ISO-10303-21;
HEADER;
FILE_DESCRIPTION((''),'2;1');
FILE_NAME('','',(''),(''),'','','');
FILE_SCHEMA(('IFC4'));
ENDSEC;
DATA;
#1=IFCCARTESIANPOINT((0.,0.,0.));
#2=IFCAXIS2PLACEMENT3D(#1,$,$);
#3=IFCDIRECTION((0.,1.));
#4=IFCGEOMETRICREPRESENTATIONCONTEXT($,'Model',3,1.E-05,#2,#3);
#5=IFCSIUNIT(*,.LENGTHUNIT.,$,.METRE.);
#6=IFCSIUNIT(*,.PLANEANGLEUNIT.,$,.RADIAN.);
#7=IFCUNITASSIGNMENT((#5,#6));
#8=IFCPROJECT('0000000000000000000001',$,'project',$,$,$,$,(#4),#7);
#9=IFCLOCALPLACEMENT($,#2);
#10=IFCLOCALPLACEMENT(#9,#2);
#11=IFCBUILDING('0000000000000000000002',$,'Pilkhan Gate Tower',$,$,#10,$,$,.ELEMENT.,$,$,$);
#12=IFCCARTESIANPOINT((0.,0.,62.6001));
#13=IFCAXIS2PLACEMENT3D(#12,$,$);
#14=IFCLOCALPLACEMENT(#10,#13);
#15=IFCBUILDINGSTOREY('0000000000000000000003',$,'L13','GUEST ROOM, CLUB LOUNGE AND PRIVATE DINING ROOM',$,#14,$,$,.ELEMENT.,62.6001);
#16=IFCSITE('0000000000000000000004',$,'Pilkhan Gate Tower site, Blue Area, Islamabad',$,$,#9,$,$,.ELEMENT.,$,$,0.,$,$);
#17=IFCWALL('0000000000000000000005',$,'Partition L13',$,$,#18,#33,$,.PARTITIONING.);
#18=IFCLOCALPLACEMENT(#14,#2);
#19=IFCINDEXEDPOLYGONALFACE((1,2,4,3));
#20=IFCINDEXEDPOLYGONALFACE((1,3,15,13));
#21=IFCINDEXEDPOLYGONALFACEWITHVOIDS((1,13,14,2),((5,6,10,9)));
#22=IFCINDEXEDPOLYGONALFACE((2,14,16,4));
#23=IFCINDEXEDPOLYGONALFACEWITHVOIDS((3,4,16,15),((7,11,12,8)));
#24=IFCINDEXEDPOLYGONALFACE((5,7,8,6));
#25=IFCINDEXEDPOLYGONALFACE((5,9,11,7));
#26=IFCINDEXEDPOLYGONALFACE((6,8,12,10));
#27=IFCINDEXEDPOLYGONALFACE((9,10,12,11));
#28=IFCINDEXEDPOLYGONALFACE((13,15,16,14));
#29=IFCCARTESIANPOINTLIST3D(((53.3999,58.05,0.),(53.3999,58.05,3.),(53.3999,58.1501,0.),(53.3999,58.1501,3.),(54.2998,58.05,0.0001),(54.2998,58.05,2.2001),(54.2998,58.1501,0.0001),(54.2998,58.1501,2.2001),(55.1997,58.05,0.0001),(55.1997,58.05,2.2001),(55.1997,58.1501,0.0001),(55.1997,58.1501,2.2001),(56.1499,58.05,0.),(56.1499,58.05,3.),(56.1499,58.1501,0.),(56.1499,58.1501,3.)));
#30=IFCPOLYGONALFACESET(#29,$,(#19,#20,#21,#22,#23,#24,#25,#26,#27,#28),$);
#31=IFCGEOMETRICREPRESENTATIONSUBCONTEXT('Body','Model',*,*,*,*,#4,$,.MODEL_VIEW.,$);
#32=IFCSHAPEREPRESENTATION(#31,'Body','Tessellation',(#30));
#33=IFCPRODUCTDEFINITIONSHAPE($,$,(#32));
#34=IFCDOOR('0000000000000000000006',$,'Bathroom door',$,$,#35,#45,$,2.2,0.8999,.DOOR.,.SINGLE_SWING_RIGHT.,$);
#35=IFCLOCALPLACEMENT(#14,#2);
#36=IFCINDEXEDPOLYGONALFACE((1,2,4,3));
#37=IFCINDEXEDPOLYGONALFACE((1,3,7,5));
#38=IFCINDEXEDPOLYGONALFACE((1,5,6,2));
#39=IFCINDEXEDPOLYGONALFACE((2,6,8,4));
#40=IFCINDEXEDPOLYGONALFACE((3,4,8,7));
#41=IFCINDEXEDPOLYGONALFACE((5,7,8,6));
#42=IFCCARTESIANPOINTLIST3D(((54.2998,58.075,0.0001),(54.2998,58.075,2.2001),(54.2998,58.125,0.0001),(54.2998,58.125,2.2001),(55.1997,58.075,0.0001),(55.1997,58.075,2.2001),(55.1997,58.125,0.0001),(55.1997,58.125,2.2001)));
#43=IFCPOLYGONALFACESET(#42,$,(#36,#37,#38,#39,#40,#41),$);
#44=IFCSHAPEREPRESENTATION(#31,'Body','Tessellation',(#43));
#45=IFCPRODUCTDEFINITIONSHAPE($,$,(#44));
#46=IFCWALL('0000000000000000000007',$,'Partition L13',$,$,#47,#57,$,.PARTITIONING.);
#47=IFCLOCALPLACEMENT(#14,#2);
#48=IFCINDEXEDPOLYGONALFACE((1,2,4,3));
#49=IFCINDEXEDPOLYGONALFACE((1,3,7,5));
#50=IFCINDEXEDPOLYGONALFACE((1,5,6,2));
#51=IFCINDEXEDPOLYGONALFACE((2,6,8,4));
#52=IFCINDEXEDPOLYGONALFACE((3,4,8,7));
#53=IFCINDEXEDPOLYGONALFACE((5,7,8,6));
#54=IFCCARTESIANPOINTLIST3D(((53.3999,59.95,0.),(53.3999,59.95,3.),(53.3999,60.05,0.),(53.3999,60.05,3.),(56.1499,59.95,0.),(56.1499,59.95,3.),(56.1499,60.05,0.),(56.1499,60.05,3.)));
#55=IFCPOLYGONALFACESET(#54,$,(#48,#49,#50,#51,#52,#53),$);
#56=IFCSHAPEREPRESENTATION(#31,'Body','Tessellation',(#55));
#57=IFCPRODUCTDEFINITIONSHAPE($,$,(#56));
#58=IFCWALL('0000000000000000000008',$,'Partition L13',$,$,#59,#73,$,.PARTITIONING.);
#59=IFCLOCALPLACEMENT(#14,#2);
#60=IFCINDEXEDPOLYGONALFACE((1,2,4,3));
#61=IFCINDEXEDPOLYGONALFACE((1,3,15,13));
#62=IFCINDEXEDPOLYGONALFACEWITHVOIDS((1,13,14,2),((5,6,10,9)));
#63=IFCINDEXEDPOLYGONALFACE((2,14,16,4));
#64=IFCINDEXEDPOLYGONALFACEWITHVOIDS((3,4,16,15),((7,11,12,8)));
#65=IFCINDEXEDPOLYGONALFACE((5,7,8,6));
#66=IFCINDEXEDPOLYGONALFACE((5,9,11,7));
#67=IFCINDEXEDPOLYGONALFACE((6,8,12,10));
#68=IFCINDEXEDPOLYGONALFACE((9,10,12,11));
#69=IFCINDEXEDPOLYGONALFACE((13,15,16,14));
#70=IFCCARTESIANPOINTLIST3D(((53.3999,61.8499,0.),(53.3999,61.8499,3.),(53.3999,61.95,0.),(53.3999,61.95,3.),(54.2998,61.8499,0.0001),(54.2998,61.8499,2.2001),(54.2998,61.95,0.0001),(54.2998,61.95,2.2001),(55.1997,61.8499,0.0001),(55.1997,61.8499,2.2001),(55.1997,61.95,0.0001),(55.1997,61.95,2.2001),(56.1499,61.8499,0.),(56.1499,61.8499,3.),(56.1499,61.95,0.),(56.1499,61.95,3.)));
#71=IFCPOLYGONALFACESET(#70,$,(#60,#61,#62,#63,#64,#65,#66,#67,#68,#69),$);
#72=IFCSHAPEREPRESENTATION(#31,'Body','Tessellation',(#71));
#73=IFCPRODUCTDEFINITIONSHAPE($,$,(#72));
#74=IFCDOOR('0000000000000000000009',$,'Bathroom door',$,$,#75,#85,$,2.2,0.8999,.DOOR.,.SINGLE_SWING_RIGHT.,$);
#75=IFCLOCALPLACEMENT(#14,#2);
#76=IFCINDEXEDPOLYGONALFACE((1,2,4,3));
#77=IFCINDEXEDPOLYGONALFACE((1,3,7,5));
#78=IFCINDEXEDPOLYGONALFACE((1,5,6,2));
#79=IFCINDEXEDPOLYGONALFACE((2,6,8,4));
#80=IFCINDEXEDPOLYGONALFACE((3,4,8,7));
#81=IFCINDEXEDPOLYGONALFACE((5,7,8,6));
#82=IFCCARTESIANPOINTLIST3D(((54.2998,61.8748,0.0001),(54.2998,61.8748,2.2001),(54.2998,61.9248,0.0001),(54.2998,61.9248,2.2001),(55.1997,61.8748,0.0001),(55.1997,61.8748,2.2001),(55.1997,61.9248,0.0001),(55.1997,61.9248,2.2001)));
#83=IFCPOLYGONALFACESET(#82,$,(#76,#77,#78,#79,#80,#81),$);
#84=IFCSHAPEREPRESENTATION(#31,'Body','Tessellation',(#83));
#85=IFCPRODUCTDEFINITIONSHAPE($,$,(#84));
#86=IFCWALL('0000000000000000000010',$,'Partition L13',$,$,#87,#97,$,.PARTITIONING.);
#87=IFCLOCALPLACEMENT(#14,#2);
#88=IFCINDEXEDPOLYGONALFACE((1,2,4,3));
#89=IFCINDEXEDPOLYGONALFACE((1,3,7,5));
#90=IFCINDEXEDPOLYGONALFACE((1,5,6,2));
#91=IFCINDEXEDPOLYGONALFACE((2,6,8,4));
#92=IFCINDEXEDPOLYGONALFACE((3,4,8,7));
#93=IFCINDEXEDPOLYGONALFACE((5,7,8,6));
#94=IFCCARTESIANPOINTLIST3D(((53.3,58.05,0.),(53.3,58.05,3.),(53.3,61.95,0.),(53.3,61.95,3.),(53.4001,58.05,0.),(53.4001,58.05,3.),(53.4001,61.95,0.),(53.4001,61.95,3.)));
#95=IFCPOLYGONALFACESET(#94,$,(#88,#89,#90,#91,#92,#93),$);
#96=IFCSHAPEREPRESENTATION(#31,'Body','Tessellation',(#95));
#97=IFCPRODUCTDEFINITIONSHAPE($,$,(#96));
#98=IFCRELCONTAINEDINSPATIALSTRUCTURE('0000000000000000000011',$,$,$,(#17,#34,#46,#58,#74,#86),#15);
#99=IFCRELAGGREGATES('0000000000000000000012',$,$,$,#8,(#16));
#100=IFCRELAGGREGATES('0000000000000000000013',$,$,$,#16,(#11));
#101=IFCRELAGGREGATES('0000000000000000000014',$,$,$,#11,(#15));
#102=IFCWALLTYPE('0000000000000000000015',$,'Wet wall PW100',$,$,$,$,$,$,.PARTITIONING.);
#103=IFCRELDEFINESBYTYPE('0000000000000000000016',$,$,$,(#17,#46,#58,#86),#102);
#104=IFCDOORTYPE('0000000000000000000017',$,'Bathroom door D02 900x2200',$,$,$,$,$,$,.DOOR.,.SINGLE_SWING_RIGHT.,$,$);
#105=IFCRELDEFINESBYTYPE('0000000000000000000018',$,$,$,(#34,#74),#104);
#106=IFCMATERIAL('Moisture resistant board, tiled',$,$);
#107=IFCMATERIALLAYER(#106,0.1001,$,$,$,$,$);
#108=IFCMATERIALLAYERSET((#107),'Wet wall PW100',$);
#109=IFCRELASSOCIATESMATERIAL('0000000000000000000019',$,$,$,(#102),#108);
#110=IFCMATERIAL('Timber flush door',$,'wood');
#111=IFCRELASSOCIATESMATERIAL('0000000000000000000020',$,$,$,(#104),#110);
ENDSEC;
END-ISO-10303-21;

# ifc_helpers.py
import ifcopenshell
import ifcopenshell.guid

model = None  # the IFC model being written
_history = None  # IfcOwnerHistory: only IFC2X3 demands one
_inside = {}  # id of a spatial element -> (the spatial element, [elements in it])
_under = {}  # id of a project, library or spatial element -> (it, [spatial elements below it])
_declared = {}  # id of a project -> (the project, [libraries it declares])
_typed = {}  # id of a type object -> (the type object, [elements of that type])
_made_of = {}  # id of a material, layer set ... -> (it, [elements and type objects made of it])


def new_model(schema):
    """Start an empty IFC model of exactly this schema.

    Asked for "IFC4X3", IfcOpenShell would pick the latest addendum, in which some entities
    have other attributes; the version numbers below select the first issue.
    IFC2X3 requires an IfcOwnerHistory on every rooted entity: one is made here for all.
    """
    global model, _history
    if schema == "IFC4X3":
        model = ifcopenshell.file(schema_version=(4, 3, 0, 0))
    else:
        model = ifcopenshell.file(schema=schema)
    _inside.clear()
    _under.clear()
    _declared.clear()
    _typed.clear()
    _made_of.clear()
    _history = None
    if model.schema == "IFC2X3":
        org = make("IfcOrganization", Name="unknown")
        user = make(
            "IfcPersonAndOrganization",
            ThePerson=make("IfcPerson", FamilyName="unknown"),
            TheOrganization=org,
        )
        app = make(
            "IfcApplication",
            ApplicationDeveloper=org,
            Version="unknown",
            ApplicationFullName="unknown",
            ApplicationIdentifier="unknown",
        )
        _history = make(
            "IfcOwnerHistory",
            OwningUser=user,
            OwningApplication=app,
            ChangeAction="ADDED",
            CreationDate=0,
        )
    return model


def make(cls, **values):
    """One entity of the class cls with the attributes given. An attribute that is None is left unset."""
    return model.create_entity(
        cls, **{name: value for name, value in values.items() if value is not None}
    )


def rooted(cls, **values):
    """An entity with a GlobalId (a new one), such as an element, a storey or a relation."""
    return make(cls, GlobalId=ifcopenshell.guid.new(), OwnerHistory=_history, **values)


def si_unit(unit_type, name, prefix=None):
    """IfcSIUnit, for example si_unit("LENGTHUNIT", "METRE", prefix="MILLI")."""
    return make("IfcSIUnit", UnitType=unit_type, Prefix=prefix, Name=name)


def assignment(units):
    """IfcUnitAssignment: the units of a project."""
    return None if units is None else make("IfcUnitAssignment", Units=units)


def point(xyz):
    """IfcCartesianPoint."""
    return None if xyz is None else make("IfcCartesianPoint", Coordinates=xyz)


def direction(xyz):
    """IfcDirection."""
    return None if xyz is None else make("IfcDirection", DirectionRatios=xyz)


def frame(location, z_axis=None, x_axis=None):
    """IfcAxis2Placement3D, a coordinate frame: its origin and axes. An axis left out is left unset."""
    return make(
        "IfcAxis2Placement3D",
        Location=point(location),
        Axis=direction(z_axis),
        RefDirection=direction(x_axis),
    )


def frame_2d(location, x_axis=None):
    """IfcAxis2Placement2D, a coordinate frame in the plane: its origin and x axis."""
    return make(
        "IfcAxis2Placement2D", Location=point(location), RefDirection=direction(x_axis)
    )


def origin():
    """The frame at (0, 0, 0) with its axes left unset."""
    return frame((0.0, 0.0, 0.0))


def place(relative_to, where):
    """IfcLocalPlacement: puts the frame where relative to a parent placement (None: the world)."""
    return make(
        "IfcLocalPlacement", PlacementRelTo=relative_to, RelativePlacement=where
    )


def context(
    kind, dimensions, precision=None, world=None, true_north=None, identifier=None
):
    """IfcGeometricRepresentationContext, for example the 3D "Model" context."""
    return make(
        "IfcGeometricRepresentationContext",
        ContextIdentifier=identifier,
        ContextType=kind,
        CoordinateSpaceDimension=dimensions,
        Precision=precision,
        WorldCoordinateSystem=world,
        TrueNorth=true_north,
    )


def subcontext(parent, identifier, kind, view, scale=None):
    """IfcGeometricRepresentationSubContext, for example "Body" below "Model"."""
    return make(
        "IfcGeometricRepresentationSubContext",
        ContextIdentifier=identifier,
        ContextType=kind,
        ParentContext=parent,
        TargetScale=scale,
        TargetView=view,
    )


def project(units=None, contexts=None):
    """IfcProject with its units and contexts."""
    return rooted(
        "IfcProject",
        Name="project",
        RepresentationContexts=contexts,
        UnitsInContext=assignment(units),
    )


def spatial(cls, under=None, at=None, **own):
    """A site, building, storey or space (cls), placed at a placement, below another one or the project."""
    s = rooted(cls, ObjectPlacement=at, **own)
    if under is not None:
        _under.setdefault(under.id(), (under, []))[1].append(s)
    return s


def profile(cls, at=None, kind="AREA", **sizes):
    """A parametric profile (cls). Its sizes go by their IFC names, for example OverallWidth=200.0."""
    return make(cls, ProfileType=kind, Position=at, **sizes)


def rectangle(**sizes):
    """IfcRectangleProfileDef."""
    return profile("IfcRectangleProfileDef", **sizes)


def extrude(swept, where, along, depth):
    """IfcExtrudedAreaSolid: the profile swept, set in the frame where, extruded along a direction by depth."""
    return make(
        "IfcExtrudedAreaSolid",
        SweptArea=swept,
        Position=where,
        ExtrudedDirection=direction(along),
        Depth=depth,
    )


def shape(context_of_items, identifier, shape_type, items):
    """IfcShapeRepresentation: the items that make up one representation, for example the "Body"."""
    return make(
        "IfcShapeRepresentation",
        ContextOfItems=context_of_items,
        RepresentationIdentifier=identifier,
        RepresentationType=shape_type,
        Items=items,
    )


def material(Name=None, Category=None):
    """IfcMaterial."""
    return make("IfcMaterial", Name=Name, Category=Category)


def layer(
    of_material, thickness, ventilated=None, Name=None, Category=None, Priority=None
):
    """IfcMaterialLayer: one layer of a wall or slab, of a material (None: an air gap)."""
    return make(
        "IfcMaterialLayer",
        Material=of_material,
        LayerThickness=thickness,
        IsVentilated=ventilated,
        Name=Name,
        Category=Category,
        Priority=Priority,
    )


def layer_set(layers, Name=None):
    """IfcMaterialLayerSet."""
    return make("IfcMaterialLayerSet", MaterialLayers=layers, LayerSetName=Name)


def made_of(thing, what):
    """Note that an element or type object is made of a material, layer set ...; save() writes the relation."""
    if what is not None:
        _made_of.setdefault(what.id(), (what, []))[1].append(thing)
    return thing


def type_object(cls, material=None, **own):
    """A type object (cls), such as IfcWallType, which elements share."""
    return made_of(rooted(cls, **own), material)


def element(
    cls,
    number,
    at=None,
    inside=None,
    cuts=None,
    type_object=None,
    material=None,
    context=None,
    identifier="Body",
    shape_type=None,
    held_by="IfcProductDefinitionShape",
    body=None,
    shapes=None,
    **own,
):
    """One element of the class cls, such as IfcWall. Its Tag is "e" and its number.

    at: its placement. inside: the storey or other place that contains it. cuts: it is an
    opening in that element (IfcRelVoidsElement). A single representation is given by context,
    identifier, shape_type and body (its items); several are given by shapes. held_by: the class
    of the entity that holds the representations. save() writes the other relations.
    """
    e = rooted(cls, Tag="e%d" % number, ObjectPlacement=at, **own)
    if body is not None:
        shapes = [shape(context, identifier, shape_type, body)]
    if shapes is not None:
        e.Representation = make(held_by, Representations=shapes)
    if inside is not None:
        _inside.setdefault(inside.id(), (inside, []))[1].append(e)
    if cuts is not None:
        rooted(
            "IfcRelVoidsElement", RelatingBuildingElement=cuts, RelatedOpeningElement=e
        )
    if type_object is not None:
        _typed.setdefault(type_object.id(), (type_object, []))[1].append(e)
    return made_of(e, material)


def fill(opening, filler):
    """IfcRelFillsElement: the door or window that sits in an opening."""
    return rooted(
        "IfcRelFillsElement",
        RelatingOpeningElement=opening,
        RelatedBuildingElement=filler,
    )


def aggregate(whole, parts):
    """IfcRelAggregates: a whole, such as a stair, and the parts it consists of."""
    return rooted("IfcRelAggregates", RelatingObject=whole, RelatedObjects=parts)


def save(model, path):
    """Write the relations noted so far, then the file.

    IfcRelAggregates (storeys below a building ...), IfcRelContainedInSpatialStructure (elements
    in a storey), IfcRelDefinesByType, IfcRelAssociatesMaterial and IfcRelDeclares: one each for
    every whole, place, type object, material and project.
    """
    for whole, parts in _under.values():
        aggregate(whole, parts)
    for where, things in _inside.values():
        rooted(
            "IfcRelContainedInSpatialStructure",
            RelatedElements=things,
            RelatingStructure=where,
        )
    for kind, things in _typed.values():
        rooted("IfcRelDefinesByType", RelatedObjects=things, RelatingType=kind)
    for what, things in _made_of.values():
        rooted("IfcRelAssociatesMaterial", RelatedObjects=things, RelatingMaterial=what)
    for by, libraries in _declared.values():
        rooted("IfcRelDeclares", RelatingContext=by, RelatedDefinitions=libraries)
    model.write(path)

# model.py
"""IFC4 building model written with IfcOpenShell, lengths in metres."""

from ifc_helpers import new_model, si_unit, direction, frame, frame_2d, origin, place, context, subcontext, project, spatial, rectangle, extrude, material, layer, layer_set, type_object, element, fill, save


model = new_model("IFC4")

# Units and contexts
model_context = context("Model", 3, precision=1e-05, world=origin(), true_north=direction((0.0, 1.0)))
body_context = subcontext(model_context, "Body", "Model", "MODEL_VIEW")
ifc_project = project(units=[si_unit("LENGTHUNIT", "METRE"), si_unit("PLANEANGLEUNIT", "RADIAN")], contexts=[model_context])

# Site, building, storey
site_placement = place(None, origin())
site = spatial("IfcSite", under=ifc_project, at=site_placement, Name="Pilkhan Gate Tower site, Blue Area, Islamabad", CompositionType="ELEMENT", RefElevation=0.0)
building_placement = place(site_placement, origin())
building = spatial("IfcBuilding", under=site, at=building_placement, Name="Pilkhan Gate Tower", CompositionType="ELEMENT")
storey_placement = place(building_placement, frame((0.0, 0.0, 62.6001)))
storey = spatial("IfcBuildingStorey", under=building, at=storey_placement, Name="L13", Description="GUEST ROOM, CLUB LOUNGE AND PRIVATE DINING ROOM", CompositionType="ELEMENT", Elevation=62.6001)

# Wall, opening, door
ifc_material_1 = material(Name="Moisture resistant board, tiled")
ifc_layer_1 = layer(ifc_material_1, 0.1001)
ifc_layer_set_1 = layer_set([ifc_layer_1], Name="Wet wall PW100")
wall_type_1 = type_object("IfcWallType", Name="Wet wall PW100", PredefinedType="PARTITIONING", material=ifc_layer_set_1)
ifc_material_2 = material(Name="Timber flush door", Category="wood")
door_type = type_object("IfcDoorType", Name="Bathroom door D02 900x2200", OperationType="SINGLE_SWING_RIGHT", PredefinedType="DOOR", material=ifc_material_2)
wall_1_placement = place(storey_placement, frame((53.3999, 58.1001, 0.0), z_axis=(0.0, 0.0, 1.0), x_axis=(1.0, 0.0, 0.0)))
wall_1 = element("IfcWall", 1, at=wall_1_placement, inside=storey, type_object=wall_type_1, Name="Partition L13", PredefinedType="PARTITIONING", context=body_context, shape_type="SweptSolid", body=[
    extrude(rectangle(XDim=2.75, YDim=0.1001, at=frame_2d((1.375, 0.0))), origin(), (0.0, 0.0, 1.0), 3.0),
])
opening_1_placement = place(wall_1_placement, frame((0.8999, 0.0, 0.0)))
opening_1 = element("IfcOpeningElement", 2, at=opening_1_placement, cuts=wall_1, PredefinedType="OPENING", context=body_context, shape_type="SweptSolid", body=[
    extrude(rectangle(XDim=0.8999, YDim=2.2, at=frame_2d((0.45, 1.1001))), frame((0.0, 0.0601, 0.0), z_axis=(0.0, -1.0, 0.0), x_axis=(1.0, 0.0, 0.0)), (0.0, 0.0, 1.0), 0.1201),
])
door_1_placement = place(opening_1_placement, origin())
door_1 = element("IfcDoor", 3, at=door_1_placement, inside=storey, type_object=door_type, Name="Bathroom door", OperationType="SINGLE_SWING_RIGHT", OverallHeight=2.2, OverallWidth=0.8999, PredefinedType="DOOR", context=body_context, shape_type="SweptSolid", body=[
    extrude(rectangle(XDim=0.8999, YDim=2.2, at=frame_2d((0.45, 1.1001))), frame((0.0, 0.0249, 0.0), z_axis=(0.0, -1.0, 0.0), x_axis=(1.0, 0.0, 0.0)), (0.0, 0.0, 1.0), 0.05),
])
fill(opening_1, door_1)

# Wall
wall_2_placement = place(storey_placement, frame((53.3999, 60.0, 0.0), z_axis=(0.0, 0.0, 1.0), x_axis=(1.0, 0.0, 0.0)))
element("IfcWall", 4, at=wall_2_placement, inside=storey, type_object=wall_type_1, Name="Partition L13", PredefinedType="PARTITIONING", context=body_context, shape_type="SweptSolid", body=[
    extrude(rectangle(XDim=2.75, YDim=0.1001, at=frame_2d((1.375, 0.0))), origin(), (0.0, 0.0, 1.0), 3.0),
])

# Wall, opening, door
wall_3_placement = place(storey_placement, frame((53.3999, 61.8999, 0.0), z_axis=(0.0, 0.0, 1.0), x_axis=(1.0, 0.0, 0.0)))
wall_3 = element("IfcWall", 5, at=wall_3_placement, inside=storey, type_object=wall_type_1, Name="Partition L13", PredefinedType="PARTITIONING", context=body_context, shape_type="SweptSolid", body=[
    extrude(rectangle(XDim=2.75, YDim=0.1001, at=frame_2d((1.375, 0.0))), origin(), (0.0, 0.0, 1.0), 3.0),
])
opening_2_placement = place(wall_3_placement, frame((0.8999, 0.0, 0.0)))
opening_2 = element("IfcOpeningElement", 6, at=opening_2_placement, cuts=wall_3, PredefinedType="OPENING", context=body_context, shape_type="SweptSolid", body=[
    extrude(rectangle(XDim=0.8999, YDim=2.2, at=frame_2d((0.45, 1.1001))), frame((0.0, 0.0601, 0.0), z_axis=(0.0, -1.0, 0.0), x_axis=(1.0, 0.0, 0.0)), (0.0, 0.0, 1.0), 0.1201),
])
door_2_placement = place(opening_2_placement, origin())
door_2 = element("IfcDoor", 7, at=door_2_placement, inside=storey, type_object=door_type, Name="Bathroom door", OperationType="SINGLE_SWING_RIGHT", OverallHeight=2.2, OverallWidth=0.8999, PredefinedType="DOOR", context=body_context, shape_type="SweptSolid", body=[
    extrude(rectangle(XDim=0.8999, YDim=2.2, at=frame_2d((0.45, 1.1001))), frame((0.0, 0.0249, 0.0), z_axis=(0.0, -1.0, 0.0), x_axis=(1.0, 0.0, 0.0)), (0.0, 0.0, 1.0), 0.05),
])
fill(opening_2, door_2)

# Wall
wall_4_placement = place(storey_placement, frame((53.3501, 58.05, 0.0), z_axis=(0.0, 0.0, 1.0), x_axis=(0.0, 1.0, 0.0)))
element("IfcWall", 8, at=wall_4_placement, inside=storey, type_object=wall_type_1, Name="Partition L13", PredefinedType="PARTITIONING", context=body_context, shape_type="SweptSolid", body=[
    extrude(rectangle(XDim=3.8999, YDim=0.1001, at=frame_2d((1.95, 0.0))), origin(), (0.0, 0.0, 1.0), 3.0),
])

save(model, "model.ifc")
